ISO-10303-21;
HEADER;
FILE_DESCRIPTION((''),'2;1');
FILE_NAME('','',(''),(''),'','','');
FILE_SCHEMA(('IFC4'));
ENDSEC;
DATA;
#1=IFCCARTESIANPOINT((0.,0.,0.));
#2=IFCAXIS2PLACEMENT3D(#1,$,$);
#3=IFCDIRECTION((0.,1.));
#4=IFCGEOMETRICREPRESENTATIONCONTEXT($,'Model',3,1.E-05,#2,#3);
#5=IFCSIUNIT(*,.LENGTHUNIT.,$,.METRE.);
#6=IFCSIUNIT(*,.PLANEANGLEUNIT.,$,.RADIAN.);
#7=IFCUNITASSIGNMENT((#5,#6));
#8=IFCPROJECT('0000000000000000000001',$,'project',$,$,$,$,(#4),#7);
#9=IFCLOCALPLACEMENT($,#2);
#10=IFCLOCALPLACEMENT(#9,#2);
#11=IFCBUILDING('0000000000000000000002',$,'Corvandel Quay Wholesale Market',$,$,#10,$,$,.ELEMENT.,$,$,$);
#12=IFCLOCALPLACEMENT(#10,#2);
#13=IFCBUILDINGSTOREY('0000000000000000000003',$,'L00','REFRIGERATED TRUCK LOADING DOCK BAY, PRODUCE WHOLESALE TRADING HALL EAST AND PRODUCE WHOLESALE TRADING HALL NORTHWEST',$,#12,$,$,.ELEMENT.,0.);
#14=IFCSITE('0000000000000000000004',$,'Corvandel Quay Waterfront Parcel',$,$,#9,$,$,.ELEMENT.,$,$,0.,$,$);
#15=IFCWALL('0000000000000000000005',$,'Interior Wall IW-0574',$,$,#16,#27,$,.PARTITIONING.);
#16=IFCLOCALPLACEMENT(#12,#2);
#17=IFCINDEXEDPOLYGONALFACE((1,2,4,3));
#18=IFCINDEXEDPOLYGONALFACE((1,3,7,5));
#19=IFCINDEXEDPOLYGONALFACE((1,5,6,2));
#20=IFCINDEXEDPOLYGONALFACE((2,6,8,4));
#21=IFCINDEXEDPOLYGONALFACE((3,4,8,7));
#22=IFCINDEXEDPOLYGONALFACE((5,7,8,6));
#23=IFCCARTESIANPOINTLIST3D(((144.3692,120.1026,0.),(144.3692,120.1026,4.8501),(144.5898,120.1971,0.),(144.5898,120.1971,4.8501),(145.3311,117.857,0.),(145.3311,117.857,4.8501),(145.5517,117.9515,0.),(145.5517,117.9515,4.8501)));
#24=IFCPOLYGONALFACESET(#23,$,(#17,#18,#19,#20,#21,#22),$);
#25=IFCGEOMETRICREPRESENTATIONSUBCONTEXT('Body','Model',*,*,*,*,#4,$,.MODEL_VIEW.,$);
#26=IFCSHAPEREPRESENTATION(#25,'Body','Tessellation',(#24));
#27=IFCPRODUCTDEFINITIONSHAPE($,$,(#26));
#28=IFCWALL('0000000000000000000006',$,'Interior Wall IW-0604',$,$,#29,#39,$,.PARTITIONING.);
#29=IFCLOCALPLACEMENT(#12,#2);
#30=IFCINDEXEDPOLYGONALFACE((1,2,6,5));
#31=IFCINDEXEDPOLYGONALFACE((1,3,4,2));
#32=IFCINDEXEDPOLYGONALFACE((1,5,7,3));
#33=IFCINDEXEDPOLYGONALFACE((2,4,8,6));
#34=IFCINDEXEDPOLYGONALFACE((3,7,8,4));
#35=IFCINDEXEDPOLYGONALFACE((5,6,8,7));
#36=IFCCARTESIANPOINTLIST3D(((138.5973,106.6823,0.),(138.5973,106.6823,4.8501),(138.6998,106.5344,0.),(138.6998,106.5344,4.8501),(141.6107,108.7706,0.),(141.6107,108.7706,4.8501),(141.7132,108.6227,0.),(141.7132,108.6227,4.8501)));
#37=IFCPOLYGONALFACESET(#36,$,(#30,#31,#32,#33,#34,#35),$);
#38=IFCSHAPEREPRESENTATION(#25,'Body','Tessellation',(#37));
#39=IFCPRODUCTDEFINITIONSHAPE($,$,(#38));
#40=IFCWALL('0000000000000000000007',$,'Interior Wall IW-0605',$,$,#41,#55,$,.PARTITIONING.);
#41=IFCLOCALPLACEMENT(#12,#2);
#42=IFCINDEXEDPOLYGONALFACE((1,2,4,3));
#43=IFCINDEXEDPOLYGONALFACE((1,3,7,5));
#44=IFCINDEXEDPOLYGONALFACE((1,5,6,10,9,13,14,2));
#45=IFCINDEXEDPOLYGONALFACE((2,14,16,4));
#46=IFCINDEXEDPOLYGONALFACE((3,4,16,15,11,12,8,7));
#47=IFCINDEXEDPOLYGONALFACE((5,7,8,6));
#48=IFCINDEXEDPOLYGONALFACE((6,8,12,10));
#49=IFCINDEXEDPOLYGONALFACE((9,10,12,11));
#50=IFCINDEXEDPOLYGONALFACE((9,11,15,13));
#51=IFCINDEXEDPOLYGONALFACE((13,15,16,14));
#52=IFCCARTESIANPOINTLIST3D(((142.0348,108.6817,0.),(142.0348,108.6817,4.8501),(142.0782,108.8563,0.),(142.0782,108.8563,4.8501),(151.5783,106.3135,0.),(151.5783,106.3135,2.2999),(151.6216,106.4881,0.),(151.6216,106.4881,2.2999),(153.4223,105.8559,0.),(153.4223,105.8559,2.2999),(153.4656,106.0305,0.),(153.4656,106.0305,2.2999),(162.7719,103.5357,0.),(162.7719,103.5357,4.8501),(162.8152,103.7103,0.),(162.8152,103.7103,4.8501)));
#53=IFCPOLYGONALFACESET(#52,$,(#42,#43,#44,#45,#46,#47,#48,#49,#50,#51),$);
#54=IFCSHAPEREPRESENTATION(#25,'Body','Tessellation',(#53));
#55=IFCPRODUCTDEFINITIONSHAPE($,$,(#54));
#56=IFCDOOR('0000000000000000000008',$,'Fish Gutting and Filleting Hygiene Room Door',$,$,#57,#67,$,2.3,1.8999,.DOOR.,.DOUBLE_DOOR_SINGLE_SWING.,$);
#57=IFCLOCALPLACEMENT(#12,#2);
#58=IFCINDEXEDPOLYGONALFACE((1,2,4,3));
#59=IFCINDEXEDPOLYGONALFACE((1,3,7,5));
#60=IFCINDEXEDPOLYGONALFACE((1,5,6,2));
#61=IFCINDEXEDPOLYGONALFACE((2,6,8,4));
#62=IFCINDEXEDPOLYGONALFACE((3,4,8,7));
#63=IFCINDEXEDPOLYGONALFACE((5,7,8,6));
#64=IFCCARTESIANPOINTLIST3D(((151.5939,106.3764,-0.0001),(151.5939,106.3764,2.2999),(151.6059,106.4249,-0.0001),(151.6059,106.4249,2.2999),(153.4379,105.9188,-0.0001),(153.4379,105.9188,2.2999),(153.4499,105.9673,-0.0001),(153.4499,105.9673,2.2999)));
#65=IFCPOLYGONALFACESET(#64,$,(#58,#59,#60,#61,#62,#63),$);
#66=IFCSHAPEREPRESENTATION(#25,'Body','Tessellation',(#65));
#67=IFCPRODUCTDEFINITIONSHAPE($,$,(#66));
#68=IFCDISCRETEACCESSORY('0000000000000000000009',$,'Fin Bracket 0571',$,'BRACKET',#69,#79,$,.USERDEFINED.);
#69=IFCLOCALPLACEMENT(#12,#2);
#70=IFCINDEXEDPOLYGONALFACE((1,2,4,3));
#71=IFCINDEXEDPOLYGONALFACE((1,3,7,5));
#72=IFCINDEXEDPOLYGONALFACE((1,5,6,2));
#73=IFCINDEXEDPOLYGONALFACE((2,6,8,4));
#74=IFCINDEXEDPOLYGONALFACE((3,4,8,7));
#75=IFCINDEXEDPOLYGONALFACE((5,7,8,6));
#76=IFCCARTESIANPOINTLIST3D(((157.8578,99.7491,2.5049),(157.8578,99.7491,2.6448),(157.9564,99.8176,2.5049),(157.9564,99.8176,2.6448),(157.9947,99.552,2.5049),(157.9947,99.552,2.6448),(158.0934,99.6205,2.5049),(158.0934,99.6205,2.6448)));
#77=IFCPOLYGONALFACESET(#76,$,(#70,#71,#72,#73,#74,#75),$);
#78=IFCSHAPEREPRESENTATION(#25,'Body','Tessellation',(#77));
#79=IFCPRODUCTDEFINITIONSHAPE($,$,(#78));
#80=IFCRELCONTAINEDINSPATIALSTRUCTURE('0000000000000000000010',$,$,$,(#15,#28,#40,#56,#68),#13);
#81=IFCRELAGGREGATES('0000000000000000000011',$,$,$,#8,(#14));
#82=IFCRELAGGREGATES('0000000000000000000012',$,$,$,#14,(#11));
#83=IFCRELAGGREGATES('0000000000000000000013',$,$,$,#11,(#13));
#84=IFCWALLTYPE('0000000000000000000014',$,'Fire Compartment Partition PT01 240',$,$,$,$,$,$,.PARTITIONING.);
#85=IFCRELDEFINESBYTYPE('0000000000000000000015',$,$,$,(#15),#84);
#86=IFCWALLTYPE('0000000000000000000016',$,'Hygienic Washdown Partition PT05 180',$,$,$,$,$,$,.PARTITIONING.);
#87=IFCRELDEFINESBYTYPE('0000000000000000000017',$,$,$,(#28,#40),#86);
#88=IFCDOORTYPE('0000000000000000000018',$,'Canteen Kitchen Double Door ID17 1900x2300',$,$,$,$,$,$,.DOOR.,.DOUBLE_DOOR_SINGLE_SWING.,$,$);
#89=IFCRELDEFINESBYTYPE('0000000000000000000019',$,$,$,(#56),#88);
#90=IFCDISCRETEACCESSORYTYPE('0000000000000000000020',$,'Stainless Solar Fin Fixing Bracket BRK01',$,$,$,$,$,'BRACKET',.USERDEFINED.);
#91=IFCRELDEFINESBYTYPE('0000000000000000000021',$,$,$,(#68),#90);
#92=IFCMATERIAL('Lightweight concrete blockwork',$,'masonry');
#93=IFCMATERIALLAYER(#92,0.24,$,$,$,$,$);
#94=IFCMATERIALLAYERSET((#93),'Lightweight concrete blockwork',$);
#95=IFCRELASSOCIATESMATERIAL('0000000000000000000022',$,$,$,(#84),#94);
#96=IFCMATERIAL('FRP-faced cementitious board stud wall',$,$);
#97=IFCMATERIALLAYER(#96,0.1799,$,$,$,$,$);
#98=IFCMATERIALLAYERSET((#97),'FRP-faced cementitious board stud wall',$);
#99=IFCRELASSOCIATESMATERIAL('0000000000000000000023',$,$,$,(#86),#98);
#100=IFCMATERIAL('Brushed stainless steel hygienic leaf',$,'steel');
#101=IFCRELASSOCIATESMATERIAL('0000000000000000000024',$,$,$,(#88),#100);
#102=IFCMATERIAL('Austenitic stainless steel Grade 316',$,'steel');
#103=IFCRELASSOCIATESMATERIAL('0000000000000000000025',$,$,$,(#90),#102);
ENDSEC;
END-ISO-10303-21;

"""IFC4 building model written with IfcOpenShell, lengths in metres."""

from ifc_helpers import new_model, si_unit, direction, frame, frame_2d, origin, origin_2d, place, context, subcontext, project, spatial, rectangle, extrude, material, layer, layer_set, type_object, element, fill, save


model = new_model("IFC4")

# Units and contexts
model_context = context("Model", 3, precision=1e-05, world=origin(), true_north=direction((0.0, 1.0)))
body_context = subcontext(model_context, "Body", "Model", "MODEL_VIEW")
ifc_project = project(units=[si_unit("LENGTHUNIT", "METRE"), si_unit("PLANEANGLEUNIT", "RADIAN")], contexts=[model_context])

# Site, building, storey
site_placement = place(None, origin())
site = spatial("IfcSite", under=ifc_project, at=site_placement, Name="Corvandel Quay Waterfront Parcel", CompositionType="ELEMENT", RefElevation=0.0)
building_placement = place(site_placement, origin())
building = spatial("IfcBuilding", under=site, at=building_placement, Name="Corvandel Quay Wholesale Market", CompositionType="ELEMENT")
storey_placement = place(building_placement, origin())
storey = spatial("IfcBuildingStorey", under=building, at=storey_placement, Name="L00", Description="REFRIGERATED TRUCK LOADING DOCK BAY, PRODUCE WHOLESALE TRADING HALL EAST AND PRODUCE WHOLESALE TRADING HALL NORTHWEST", CompositionType="ELEMENT", Elevation=0.0)

# Walls
ifc_material_1 = material(Name="Lightweight concrete blockwork", Category="masonry")
ifc_layer_1 = layer(ifc_material_1, 0.24)
ifc_layer_set_1 = layer_set([ifc_layer_1], Name="Lightweight concrete blockwork")
wall_type_1 = type_object("IfcWallType", Name="Fire Compartment Partition PT01 240", PredefinedType="PARTITIONING", material=ifc_layer_set_1)
wall_1_placement = place(storey_placement, frame((145.4414, 117.9043, 0.0), z_axis=(0.0, 0.0, 1.0), x_axis=(-0.39375, 0.919217, 0.0)))
element("IfcWall", 1, at=wall_1_placement, inside=storey, type_object=wall_type_1, Name="Interior Wall IW-0574", PredefinedType="PARTITIONING", context=body_context, shape_type="SweptSolid", body=[
    extrude(rectangle(XDim=2.4429, YDim=0.24, at=frame_2d((1.2214, 0.0))), origin(), (0.0, 0.0, 1.0), 4.8501),
])
ifc_material_2 = material(Name="FRP-faced cementitious board stud wall")
ifc_layer_2 = layer(ifc_material_2, 0.1799)
ifc_layer_set_2 = layer_set([ifc_layer_2], Name="FRP-faced cementitious board stud wall")
wall_type_2 = type_object("IfcWallType", Name="Hygienic Washdown Partition PT05 180", PredefinedType="PARTITIONING", material=ifc_layer_set_2)
wall_2_placement = place(storey_placement, frame((138.6487, 106.6084, 0.0), z_axis=(0.0, 0.0, 1.0), x_axis=(0.821916, 0.569608, 0.0)))
element("IfcWall", 2, at=wall_2_placement, inside=storey, type_object=wall_type_2, Name="Interior Wall IW-0604", PredefinedType="PARTITIONING", context=body_context, shape_type="SweptSolid", body=[
    extrude(rectangle(XDim=3.6663, YDim=0.1799, at=frame_2d((1.833, 0.0))), origin(), (0.0, 0.0, 1.0), 4.8501),
])

# Wall, opening, door
wall_3_placement = place(storey_placement, frame((142.0564, 108.769, 0.0), z_axis=(0.0, 0.0, 1.0), x_axis=(0.970562, -0.24085, 0.0)))
wall_3 = element("IfcWall", 3, at=wall_3_placement, inside=storey, type_object=wall_type_2, Name="Interior Wall IW-0605", PredefinedType="PARTITIONING", context=body_context, shape_type="SweptSolid", body=[
    extrude(rectangle(XDim=21.366, YDim=0.1799, at=frame_2d((10.6831, 0.0))), origin(), (0.0, 0.0, 1.0), 4.8501),
])
opening_placement = place(wall_3_placement, frame((9.833, 0.0, 0.0)))
opening = element("IfcOpeningElement", 4, at=opening_placement, cuts=wall_3, PredefinedType="OPENING", context=body_context, shape_type="SweptSolid", body=[
    extrude(rectangle(XDim=1.8999, YDim=2.3, at=frame_2d((0.95, 1.1499))), frame((0.0, 0.0999, 0.0), z_axis=(0.0, -1.0, 0.0), x_axis=(1.0, 0.0, 0.0)), (0.0, 0.0, 1.0), 0.2),
])
ifc_material_3 = material(Name="Brushed stainless steel hygienic leaf", Category="steel")
door_type = type_object("IfcDoorType", Name="Canteen Kitchen Double Door ID17 1900x2300", OperationType="DOUBLE_DOOR_SINGLE_SWING", PredefinedType="DOOR", material=ifc_material_3)
door_placement = place(opening_placement, origin())
door = element("IfcDoor", 5, at=door_placement, inside=storey, type_object=door_type, Name="Fish Gutting and Filleting Hygiene Room Door", OperationType="DOUBLE_DOOR_SINGLE_SWING", OverallHeight=2.3, OverallWidth=1.8999, PredefinedType="DOOR", context=body_context, shape_type="SweptSolid", body=[
    extrude(rectangle(XDim=1.8999, YDim=2.3, at=frame_2d((0.95, 1.1499))), frame((0.0, 0.0249, 0.0), z_axis=(0.0, -1.0, 0.0), x_axis=(1.0, 0.0, 0.0)), (0.0, 0.0, 1.0), 0.05),
])
fill(opening, door)

# Discrete accessory
ifc_material_4 = material(Name="Austenitic stainless steel Grade 316", Category="steel")
discrete_accessory_type = type_object("IfcDiscreteAccessoryType", Name="Stainless Solar Fin Fixing Bracket BRK01", ElementType="BRACKET", PredefinedType="USERDEFINED", material=ifc_material_4)
discrete_accessory_placement = place(storey_placement, frame((157.9756, 99.6848, 2.5049), z_axis=(0.0, 0.0, 1.0), x_axis=(-0.57057, 0.821249, 0.0)))
element("IfcDiscreteAccessory", 6, at=discrete_accessory_placement, inside=storey, type_object=discrete_accessory_type, Name="Fin Bracket 0571", ObjectType="BRACKET", PredefinedType="USERDEFINED", context=body_context, shape_type="SweptSolid", body=[
    extrude(rectangle(XDim=0.24, YDim=0.1201, at=origin_2d()), origin(), (0.0, 0.0, 1.0), 0.1399),
])

save(model, "model.ifc")
